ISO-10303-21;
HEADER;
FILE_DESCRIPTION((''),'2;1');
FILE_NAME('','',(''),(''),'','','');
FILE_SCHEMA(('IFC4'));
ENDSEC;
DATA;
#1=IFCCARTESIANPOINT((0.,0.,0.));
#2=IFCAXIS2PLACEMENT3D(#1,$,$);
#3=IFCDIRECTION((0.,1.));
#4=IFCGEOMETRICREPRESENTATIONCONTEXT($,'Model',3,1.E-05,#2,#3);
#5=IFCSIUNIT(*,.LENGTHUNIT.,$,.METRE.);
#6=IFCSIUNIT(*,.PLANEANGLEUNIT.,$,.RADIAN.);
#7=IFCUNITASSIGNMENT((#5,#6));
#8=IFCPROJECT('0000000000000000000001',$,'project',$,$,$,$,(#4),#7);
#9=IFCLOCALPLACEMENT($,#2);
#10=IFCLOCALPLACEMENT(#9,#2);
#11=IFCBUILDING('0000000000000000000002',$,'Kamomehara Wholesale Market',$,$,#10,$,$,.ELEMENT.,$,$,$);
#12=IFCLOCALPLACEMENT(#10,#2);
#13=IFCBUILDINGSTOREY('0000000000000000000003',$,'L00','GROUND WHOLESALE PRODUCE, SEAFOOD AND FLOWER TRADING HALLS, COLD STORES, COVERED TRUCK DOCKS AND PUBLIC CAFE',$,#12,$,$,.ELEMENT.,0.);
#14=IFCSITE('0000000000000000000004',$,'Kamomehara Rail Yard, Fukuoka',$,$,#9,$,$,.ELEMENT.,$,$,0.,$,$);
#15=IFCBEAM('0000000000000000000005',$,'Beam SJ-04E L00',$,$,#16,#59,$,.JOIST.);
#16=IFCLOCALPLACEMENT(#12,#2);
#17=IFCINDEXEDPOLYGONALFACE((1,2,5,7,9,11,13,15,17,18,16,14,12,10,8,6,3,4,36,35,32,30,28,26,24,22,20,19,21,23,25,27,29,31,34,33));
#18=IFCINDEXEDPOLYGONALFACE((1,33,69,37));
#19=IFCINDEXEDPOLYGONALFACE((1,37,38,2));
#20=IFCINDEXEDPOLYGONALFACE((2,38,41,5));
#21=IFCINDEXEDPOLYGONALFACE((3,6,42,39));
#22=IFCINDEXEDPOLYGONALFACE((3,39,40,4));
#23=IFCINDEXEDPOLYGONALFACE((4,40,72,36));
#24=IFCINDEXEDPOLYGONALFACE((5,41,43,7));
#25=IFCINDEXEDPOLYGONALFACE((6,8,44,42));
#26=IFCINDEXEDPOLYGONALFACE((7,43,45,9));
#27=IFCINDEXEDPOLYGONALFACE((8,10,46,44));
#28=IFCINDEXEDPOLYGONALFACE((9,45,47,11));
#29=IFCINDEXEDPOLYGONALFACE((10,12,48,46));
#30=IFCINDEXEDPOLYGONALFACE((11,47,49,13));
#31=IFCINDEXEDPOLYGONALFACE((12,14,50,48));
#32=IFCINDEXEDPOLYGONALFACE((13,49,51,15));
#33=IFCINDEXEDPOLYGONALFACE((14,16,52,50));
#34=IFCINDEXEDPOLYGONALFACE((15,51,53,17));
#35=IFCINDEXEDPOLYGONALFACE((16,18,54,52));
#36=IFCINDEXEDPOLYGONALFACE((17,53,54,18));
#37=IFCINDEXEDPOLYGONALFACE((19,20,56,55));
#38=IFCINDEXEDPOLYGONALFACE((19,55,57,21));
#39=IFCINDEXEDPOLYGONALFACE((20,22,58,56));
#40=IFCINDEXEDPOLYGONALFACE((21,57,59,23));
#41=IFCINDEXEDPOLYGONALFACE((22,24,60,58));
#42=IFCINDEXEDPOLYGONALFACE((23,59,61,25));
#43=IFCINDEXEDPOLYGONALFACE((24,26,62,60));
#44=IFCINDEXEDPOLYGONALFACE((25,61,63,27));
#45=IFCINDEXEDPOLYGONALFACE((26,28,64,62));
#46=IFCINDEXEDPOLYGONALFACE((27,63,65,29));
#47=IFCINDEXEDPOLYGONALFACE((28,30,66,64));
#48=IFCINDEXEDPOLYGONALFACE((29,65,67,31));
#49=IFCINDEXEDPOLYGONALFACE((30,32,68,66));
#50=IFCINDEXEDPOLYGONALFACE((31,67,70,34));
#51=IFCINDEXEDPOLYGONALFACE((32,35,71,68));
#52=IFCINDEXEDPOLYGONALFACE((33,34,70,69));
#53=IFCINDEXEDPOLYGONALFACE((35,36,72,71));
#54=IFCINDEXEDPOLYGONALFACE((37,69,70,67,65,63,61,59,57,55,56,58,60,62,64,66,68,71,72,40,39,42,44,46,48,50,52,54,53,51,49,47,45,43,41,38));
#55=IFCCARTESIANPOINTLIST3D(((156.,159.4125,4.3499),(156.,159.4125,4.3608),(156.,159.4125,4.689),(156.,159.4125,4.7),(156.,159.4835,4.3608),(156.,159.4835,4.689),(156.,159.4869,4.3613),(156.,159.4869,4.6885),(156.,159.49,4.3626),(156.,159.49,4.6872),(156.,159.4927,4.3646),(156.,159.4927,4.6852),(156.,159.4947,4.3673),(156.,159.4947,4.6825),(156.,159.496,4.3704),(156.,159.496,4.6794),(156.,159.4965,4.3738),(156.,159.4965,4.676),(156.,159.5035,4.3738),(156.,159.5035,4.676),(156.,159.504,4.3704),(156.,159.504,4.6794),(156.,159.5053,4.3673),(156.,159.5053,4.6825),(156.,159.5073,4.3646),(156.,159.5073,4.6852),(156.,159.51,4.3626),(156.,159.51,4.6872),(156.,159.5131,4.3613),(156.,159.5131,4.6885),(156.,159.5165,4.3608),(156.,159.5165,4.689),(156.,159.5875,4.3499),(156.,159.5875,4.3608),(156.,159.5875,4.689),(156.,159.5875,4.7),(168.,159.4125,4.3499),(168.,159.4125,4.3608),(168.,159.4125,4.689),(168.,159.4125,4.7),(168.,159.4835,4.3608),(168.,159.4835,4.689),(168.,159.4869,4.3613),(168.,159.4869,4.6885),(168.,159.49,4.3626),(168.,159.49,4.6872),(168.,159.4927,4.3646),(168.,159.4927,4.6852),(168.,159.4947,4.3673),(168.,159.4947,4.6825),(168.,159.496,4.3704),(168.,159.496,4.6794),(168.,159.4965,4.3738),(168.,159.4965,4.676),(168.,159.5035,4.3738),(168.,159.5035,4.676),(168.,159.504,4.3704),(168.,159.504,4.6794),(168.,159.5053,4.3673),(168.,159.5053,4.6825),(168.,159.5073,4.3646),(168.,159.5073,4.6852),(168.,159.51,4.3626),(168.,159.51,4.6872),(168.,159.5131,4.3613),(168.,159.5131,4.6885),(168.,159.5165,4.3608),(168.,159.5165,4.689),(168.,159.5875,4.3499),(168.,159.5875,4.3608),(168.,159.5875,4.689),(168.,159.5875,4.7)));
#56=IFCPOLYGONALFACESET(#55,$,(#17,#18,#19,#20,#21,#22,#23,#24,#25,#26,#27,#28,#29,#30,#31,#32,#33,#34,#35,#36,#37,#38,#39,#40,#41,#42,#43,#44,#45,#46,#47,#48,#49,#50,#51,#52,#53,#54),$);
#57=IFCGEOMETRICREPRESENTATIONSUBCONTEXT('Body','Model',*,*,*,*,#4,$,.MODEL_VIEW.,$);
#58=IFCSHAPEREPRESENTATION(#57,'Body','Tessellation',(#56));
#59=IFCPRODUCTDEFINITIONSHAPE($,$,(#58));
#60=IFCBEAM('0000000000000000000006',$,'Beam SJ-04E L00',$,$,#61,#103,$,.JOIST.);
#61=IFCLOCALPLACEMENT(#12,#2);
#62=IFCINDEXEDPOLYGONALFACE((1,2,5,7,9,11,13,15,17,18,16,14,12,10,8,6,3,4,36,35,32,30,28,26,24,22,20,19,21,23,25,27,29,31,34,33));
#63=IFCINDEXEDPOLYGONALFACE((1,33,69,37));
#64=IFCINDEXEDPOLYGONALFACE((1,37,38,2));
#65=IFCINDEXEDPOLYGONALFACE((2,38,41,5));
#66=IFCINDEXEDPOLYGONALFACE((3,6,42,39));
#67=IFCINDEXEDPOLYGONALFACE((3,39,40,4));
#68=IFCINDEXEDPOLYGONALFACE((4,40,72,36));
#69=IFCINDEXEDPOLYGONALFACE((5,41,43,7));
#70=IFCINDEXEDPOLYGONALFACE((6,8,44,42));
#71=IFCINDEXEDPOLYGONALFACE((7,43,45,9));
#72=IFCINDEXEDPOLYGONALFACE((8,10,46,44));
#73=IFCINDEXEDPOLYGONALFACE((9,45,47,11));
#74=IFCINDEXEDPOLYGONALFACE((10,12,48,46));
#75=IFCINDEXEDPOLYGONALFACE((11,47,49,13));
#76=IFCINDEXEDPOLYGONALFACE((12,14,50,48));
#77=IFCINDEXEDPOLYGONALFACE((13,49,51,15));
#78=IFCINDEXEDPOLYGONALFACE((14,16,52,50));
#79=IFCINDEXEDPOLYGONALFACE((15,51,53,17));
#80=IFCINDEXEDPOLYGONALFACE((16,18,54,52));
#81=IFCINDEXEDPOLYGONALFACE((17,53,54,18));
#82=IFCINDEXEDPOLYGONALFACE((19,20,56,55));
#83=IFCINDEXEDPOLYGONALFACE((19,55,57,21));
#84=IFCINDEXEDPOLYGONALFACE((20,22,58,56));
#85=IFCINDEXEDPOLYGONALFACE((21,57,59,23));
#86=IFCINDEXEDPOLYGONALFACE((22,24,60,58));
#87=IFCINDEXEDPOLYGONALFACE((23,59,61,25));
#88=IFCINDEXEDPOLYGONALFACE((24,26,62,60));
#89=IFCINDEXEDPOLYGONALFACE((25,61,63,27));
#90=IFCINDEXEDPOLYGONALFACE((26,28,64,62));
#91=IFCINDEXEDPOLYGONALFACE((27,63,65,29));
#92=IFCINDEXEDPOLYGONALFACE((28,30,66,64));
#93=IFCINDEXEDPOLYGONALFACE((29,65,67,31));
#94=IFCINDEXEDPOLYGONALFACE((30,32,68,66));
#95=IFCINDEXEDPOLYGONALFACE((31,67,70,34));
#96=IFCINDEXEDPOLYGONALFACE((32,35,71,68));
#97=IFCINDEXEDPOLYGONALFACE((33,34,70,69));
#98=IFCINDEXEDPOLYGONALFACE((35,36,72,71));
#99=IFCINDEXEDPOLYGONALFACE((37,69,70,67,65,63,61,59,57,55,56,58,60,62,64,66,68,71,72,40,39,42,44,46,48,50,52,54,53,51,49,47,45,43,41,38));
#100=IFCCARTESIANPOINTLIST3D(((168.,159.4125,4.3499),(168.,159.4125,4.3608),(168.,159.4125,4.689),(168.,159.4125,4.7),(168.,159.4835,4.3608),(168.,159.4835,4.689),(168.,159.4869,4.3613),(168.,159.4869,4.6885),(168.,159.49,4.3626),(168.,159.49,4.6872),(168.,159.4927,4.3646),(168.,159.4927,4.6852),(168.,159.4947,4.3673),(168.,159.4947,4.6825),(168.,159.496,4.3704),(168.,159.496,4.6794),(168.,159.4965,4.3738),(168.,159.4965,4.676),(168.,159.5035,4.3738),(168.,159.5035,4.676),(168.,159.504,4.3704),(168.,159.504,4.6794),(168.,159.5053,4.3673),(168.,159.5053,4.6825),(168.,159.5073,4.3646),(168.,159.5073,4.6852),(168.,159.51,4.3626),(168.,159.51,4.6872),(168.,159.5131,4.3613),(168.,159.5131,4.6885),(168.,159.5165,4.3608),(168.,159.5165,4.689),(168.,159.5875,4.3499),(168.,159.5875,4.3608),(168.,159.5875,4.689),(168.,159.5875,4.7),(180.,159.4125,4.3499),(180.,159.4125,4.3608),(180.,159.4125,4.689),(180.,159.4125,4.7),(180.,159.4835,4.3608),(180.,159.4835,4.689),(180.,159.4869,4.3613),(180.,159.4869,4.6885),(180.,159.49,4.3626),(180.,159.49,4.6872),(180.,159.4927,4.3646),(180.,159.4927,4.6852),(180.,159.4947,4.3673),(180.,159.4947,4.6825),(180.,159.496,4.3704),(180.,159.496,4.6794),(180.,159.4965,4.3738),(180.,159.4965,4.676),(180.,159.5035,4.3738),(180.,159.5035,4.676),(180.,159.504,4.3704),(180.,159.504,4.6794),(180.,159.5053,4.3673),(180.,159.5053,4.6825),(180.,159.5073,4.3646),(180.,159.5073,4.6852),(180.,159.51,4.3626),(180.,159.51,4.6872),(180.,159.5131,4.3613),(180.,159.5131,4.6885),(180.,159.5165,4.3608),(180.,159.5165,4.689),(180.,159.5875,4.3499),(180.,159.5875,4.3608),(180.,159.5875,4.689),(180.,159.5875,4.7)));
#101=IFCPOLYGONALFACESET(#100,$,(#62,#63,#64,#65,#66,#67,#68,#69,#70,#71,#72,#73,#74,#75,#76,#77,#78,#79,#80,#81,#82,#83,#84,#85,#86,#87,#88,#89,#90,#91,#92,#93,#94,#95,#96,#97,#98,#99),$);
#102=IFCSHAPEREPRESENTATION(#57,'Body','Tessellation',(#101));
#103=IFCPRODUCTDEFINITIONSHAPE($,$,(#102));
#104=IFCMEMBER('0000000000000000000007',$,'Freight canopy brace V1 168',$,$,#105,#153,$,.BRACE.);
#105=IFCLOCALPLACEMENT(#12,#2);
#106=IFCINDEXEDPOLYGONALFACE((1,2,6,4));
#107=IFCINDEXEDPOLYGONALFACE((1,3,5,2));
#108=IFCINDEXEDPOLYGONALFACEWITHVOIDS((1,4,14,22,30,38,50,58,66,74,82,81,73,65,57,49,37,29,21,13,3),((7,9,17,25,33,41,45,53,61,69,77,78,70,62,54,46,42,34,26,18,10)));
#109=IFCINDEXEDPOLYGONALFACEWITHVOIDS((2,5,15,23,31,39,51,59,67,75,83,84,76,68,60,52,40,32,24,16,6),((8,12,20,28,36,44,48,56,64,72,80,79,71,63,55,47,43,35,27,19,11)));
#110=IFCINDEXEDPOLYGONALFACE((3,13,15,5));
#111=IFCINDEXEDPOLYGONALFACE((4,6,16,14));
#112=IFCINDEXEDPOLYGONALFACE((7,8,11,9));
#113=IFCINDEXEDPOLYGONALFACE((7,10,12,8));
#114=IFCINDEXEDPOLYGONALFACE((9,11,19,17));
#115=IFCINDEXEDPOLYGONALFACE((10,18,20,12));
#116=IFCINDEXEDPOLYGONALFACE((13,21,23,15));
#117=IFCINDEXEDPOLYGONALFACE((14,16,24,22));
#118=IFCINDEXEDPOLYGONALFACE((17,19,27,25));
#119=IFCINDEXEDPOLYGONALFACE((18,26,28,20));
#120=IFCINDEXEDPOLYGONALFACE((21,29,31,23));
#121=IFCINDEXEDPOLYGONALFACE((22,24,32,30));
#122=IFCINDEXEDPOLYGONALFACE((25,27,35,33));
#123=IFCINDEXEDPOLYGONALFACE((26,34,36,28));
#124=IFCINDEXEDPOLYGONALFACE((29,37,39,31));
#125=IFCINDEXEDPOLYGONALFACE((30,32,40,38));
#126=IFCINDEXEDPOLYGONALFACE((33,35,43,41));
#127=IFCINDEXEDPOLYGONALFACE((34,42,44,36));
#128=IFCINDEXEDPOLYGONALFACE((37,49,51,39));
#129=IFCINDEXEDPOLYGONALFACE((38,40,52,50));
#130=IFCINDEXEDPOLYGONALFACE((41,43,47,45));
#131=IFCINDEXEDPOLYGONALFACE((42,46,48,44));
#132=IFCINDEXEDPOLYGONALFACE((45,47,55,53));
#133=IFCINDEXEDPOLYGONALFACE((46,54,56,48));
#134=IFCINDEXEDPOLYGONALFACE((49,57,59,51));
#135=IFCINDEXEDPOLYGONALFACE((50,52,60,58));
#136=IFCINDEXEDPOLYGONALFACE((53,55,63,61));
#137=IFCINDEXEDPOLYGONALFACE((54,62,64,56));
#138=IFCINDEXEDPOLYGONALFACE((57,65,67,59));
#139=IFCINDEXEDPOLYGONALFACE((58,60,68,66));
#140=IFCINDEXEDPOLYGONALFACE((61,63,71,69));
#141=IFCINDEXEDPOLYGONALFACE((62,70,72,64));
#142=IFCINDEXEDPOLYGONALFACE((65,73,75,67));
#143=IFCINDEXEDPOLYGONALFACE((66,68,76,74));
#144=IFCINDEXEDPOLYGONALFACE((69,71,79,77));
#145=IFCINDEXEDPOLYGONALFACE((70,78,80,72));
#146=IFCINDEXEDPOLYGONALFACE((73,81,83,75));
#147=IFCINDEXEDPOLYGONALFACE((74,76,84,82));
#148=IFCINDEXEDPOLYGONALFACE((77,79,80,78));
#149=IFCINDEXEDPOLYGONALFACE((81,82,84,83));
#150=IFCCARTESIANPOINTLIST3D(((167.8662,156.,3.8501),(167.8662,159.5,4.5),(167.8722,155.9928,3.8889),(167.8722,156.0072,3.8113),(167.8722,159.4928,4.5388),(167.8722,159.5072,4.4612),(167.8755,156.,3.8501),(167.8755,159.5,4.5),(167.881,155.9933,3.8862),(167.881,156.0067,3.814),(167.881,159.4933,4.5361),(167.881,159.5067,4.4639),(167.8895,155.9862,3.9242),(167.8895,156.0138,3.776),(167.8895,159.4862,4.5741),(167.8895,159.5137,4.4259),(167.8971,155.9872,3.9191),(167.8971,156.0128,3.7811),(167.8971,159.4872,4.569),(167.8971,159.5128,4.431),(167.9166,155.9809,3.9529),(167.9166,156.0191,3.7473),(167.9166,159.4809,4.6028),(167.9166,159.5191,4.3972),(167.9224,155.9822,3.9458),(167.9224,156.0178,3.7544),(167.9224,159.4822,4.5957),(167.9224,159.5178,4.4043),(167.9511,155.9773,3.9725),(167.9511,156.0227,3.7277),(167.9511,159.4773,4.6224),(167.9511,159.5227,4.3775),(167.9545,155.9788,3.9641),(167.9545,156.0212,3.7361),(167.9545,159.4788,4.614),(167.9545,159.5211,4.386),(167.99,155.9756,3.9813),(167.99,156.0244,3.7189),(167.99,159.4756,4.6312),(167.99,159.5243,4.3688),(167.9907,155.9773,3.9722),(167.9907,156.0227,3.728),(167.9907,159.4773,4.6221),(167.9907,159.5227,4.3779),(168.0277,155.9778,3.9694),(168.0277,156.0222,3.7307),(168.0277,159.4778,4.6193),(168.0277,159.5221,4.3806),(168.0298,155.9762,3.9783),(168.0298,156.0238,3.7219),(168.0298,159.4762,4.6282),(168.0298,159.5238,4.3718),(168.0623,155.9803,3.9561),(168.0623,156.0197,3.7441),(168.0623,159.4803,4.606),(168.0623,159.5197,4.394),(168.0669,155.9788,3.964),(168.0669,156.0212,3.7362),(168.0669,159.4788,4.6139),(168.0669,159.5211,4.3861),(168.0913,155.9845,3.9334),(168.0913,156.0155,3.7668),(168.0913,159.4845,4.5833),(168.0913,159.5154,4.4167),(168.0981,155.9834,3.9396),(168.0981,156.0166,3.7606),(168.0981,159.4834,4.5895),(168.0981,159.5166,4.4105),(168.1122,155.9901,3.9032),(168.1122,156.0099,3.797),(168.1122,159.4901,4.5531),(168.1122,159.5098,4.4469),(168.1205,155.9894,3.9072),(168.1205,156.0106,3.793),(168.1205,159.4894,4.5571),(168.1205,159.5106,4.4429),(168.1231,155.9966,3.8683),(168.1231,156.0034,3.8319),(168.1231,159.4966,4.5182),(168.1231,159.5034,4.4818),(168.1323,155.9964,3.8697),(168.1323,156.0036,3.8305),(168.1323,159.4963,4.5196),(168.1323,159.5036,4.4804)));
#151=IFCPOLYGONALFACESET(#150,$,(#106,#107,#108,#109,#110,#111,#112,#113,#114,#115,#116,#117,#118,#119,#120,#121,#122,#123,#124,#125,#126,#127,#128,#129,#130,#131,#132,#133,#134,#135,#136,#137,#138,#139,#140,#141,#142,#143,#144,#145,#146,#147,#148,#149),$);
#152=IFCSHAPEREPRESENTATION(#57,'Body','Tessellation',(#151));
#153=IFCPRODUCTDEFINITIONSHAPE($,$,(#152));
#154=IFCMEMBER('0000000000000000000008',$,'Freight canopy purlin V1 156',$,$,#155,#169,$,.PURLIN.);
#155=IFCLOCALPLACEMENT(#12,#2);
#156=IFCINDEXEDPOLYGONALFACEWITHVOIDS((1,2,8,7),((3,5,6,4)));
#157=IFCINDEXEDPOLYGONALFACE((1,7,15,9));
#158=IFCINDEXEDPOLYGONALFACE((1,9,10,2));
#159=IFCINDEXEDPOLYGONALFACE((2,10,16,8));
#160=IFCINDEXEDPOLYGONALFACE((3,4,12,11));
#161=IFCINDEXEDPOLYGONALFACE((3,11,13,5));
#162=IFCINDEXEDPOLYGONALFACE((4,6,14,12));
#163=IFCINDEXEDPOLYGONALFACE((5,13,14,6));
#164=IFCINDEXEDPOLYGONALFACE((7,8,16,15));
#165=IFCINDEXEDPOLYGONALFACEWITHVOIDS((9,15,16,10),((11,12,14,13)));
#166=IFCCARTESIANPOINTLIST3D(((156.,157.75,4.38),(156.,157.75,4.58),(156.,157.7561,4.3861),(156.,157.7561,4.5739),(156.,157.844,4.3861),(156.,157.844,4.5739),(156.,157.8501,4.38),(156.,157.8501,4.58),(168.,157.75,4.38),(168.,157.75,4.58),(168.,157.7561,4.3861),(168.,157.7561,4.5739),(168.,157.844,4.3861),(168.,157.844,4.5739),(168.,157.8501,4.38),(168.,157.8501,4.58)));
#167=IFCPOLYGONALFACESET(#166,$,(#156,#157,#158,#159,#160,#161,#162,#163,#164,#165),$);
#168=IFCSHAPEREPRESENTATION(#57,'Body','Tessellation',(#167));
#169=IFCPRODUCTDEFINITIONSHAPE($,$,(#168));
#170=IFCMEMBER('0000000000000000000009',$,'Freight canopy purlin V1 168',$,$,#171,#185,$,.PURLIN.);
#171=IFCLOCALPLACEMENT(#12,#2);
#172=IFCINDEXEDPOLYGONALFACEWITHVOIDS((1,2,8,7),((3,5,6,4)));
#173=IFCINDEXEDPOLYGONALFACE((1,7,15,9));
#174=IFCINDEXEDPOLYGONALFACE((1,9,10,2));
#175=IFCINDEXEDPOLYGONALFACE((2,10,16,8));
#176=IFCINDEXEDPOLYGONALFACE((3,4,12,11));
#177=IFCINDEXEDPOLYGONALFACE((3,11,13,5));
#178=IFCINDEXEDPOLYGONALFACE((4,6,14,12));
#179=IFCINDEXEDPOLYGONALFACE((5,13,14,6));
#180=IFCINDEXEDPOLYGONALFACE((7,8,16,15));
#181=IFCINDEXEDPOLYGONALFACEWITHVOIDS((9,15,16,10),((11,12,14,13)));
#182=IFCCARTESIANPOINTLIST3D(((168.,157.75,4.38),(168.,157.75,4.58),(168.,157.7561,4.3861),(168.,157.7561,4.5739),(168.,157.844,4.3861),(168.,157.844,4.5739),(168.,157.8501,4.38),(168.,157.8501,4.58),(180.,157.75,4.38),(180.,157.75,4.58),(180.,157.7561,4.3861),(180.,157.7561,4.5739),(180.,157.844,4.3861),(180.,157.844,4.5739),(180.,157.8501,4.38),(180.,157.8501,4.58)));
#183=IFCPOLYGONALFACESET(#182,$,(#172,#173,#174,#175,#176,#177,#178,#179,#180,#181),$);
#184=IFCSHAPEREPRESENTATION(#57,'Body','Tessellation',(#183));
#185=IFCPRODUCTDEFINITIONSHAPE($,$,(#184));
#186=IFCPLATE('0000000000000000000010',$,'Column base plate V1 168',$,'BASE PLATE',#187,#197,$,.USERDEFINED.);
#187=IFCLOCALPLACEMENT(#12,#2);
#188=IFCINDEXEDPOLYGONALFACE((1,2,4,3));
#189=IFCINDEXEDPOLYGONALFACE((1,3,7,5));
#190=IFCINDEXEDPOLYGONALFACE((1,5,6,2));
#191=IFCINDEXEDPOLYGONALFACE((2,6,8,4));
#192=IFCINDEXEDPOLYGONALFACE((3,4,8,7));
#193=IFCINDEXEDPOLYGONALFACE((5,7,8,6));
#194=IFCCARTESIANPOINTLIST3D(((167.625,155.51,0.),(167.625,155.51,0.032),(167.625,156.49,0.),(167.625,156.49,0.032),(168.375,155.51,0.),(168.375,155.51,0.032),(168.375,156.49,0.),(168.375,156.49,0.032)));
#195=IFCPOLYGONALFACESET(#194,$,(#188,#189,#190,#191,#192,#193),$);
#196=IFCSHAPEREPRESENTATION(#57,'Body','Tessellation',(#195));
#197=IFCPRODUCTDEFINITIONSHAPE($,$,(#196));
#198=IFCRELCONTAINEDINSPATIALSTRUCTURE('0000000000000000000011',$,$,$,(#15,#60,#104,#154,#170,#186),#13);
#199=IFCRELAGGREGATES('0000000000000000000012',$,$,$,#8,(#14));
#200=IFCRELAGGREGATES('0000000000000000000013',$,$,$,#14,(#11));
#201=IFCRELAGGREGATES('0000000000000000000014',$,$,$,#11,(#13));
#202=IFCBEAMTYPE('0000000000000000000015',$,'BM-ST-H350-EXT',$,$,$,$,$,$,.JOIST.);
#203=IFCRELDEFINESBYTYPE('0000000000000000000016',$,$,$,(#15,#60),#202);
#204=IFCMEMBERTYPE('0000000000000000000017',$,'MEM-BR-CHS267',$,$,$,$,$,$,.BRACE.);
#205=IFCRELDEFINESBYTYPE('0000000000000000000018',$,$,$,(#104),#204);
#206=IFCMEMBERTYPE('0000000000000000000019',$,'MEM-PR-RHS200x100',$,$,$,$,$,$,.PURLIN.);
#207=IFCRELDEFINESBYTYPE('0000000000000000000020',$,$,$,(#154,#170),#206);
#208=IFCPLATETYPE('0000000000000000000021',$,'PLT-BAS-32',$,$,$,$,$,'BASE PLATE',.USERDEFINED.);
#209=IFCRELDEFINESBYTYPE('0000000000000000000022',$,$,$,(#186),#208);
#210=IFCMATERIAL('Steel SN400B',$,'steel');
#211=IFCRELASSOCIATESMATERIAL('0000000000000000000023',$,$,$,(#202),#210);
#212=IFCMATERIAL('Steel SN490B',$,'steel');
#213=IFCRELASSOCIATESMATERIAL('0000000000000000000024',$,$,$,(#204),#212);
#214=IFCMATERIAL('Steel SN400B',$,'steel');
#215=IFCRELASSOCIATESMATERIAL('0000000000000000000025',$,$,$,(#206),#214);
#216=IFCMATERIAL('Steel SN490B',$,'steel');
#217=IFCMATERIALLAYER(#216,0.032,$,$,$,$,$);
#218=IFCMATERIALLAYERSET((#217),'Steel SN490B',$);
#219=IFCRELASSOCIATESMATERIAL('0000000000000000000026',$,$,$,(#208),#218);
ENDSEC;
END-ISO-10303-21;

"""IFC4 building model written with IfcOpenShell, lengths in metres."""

from ifc_helpers import new_model, si_unit, direction, frame, origin, origin_2d, place, context, subcontext, project, spatial, rectangle, hollow_rectangle, hollow_circle, i_section, extrude, material, layer, layer_set, material_profile, profile_set, type_object, element, save


model = new_model("IFC4")

# Units and contexts
model_context = context("Model", 3, precision=1e-05, world=origin(), true_north=direction((0.0, 1.0)))
body_context = subcontext(model_context, "Body", "Model", "MODEL_VIEW")
ifc_project = project(units=[si_unit("LENGTHUNIT", "METRE"), si_unit("PLANEANGLEUNIT", "RADIAN")], contexts=[model_context])

# Site, building, storey
site_placement = place(None, origin())
site = spatial("IfcSite", under=ifc_project, at=site_placement, Name="Kamomehara Rail Yard, Fukuoka", CompositionType="ELEMENT", RefElevation=0.0)
building_placement = place(site_placement, origin())
building = spatial("IfcBuilding", under=site, at=building_placement, Name="Kamomehara Wholesale Market", CompositionType="ELEMENT")
storey_placement = place(building_placement, origin())
storey = spatial("IfcBuildingStorey", under=building, at=storey_placement, Name="L00", Description="GROUND WHOLESALE PRODUCE, SEAFOOD AND FLOWER TRADING HALLS, COLD STORES, COVERED TRUCK DOCKS AND PUBLIC CAFE", CompositionType="ELEMENT", Elevation=0.0)

# Beams
ifc_material_1 = material(Name="Steel SN400B", Category="steel")
ifc_material_profile_1 = material_profile(ifc_material_1, i_section(OverallWidth=0.175, OverallDepth=0.3501, WebThickness=0.0071, FlangeThickness=0.011, FilletRadius=0.0129, at=origin_2d()), Name="H-350x175x7x11")
ifc_profile_set_1 = profile_set([ifc_material_profile_1], Name="Steel SN400B")
beam_type = type_object("IfcBeamType", Name="BM-ST-H350-EXT", PredefinedType="JOIST", material=ifc_profile_set_1)
for number, where, z_axis, x_axis, name in (
    (1, (156.0, 159.5, 4.5249), (1.0, 0.0, 0.0), (0.0, 1.0, 0.0), "Beam SJ-04E L00"),
    (2, (168.0, 159.5, 4.5249), (1.0, 0.0, 0.0), (0.0, 1.0, 0.0), "Beam SJ-04E L00"),
):
    element("IfcBeam", number, at=place(storey_placement, frame(where, z_axis=z_axis, x_axis=x_axis)), inside=storey, type_object=beam_type, Name=name, PredefinedType="JOIST", context=body_context, shape_type="SweptSolid", body=[
        extrude(i_section(OverallWidth=0.175, OverallDepth=0.3501, WebThickness=0.0071, FlangeThickness=0.011, FilletRadius=0.0129, at=origin_2d()), origin(), (0.0, 0.0, 1.0), 12.0),
    ])

# Members
ifc_material_2 = material(Name="Steel SN490B", Category="steel")
ifc_material_profile_2 = material_profile(ifc_material_2, hollow_circle(Radius=0.1338, WallThickness=0.0093, at=origin_2d()), Name="CHS-267.4x9.3")
ifc_profile_set_2 = profile_set([ifc_material_profile_2], Name="Steel SN490B")
member_type_1 = type_object("IfcMemberType", Name="MEM-BR-CHS267", PredefinedType="BRACE", material=ifc_profile_set_2)
member_placement = place(storey_placement, frame((168.0, 156.0, 3.8501), z_axis=(0.0, 0.983194, 0.182566), x_axis=(-1.0, 0.0, 0.0)))
element("IfcMember", 3, at=member_placement, inside=storey, type_object=member_type_1, Name="Freight canopy brace V1 168", PredefinedType="BRACE", context=body_context, shape_type="SweptSolid", body=[
    extrude(hollow_circle(Radius=0.1338, WallThickness=0.0093, at=origin_2d()), origin(), (0.0, 0.0, 1.0), 3.5598),
])
ifc_material_3 = material(Name="Steel SN400B", Category="steel")
ifc_material_profile_3 = material_profile(ifc_material_3, hollow_rectangle(XDim=0.1001, YDim=0.2, WallThickness=0.0061, at=origin_2d()), Name="RHS-200x100x6")
ifc_profile_set_3 = profile_set([ifc_material_profile_3], Name="Steel SN400B")
member_type_2 = type_object("IfcMemberType", Name="MEM-PR-RHS200x100", PredefinedType="PURLIN", material=ifc_profile_set_3)
for number, where, z_axis, x_axis, name in (
    (4, (156.0, 157.8, 4.48), (1.0, 0.0, 0.0), (0.0, 1.0, 0.0), "Freight canopy purlin V1 156"),
    (5, (168.0, 157.8, 4.48), (1.0, 0.0, 0.0), (0.0, 1.0, 0.0), "Freight canopy purlin V1 168"),
):
    element("IfcMember", number, at=place(storey_placement, frame(where, z_axis=z_axis, x_axis=x_axis)), inside=storey, type_object=member_type_2, Name=name, PredefinedType="PURLIN", context=body_context, shape_type="SweptSolid", body=[
        extrude(hollow_rectangle(XDim=0.1001, YDim=0.2, WallThickness=0.0061, at=origin_2d()), origin(), (0.0, 0.0, 1.0), 12.0),
    ])

# Plate
ifc_material_4 = material(Name="Steel SN490B", Category="steel")
ifc_layer_1 = layer(ifc_material_4, 0.032)
ifc_layer_set_1 = layer_set([ifc_layer_1], Name="Steel SN490B")
plate_type_1 = type_object("IfcPlateType", Name="PLT-BAS-32", ElementType="BASE PLATE", PredefinedType="USERDEFINED", material=ifc_layer_set_1)
plate_placement = place(storey_placement, frame((168.0, 156.0, 0.0), z_axis=(0.0, 0.0, 1.0), x_axis=(1.0, 0.0, 0.0)))
element("IfcPlate", 6, at=plate_placement, inside=storey, type_object=plate_type_1, Name="Column base plate V1 168", ObjectType="BASE PLATE", PredefinedType="USERDEFINED", context=body_context, shape_type="SweptSolid", body=[
    extrude(rectangle(XDim=0.75, YDim=0.98, at=origin_2d()), origin(), (0.0, 0.0, 1.0), 0.032),
])

save(model, "model.ifc")
